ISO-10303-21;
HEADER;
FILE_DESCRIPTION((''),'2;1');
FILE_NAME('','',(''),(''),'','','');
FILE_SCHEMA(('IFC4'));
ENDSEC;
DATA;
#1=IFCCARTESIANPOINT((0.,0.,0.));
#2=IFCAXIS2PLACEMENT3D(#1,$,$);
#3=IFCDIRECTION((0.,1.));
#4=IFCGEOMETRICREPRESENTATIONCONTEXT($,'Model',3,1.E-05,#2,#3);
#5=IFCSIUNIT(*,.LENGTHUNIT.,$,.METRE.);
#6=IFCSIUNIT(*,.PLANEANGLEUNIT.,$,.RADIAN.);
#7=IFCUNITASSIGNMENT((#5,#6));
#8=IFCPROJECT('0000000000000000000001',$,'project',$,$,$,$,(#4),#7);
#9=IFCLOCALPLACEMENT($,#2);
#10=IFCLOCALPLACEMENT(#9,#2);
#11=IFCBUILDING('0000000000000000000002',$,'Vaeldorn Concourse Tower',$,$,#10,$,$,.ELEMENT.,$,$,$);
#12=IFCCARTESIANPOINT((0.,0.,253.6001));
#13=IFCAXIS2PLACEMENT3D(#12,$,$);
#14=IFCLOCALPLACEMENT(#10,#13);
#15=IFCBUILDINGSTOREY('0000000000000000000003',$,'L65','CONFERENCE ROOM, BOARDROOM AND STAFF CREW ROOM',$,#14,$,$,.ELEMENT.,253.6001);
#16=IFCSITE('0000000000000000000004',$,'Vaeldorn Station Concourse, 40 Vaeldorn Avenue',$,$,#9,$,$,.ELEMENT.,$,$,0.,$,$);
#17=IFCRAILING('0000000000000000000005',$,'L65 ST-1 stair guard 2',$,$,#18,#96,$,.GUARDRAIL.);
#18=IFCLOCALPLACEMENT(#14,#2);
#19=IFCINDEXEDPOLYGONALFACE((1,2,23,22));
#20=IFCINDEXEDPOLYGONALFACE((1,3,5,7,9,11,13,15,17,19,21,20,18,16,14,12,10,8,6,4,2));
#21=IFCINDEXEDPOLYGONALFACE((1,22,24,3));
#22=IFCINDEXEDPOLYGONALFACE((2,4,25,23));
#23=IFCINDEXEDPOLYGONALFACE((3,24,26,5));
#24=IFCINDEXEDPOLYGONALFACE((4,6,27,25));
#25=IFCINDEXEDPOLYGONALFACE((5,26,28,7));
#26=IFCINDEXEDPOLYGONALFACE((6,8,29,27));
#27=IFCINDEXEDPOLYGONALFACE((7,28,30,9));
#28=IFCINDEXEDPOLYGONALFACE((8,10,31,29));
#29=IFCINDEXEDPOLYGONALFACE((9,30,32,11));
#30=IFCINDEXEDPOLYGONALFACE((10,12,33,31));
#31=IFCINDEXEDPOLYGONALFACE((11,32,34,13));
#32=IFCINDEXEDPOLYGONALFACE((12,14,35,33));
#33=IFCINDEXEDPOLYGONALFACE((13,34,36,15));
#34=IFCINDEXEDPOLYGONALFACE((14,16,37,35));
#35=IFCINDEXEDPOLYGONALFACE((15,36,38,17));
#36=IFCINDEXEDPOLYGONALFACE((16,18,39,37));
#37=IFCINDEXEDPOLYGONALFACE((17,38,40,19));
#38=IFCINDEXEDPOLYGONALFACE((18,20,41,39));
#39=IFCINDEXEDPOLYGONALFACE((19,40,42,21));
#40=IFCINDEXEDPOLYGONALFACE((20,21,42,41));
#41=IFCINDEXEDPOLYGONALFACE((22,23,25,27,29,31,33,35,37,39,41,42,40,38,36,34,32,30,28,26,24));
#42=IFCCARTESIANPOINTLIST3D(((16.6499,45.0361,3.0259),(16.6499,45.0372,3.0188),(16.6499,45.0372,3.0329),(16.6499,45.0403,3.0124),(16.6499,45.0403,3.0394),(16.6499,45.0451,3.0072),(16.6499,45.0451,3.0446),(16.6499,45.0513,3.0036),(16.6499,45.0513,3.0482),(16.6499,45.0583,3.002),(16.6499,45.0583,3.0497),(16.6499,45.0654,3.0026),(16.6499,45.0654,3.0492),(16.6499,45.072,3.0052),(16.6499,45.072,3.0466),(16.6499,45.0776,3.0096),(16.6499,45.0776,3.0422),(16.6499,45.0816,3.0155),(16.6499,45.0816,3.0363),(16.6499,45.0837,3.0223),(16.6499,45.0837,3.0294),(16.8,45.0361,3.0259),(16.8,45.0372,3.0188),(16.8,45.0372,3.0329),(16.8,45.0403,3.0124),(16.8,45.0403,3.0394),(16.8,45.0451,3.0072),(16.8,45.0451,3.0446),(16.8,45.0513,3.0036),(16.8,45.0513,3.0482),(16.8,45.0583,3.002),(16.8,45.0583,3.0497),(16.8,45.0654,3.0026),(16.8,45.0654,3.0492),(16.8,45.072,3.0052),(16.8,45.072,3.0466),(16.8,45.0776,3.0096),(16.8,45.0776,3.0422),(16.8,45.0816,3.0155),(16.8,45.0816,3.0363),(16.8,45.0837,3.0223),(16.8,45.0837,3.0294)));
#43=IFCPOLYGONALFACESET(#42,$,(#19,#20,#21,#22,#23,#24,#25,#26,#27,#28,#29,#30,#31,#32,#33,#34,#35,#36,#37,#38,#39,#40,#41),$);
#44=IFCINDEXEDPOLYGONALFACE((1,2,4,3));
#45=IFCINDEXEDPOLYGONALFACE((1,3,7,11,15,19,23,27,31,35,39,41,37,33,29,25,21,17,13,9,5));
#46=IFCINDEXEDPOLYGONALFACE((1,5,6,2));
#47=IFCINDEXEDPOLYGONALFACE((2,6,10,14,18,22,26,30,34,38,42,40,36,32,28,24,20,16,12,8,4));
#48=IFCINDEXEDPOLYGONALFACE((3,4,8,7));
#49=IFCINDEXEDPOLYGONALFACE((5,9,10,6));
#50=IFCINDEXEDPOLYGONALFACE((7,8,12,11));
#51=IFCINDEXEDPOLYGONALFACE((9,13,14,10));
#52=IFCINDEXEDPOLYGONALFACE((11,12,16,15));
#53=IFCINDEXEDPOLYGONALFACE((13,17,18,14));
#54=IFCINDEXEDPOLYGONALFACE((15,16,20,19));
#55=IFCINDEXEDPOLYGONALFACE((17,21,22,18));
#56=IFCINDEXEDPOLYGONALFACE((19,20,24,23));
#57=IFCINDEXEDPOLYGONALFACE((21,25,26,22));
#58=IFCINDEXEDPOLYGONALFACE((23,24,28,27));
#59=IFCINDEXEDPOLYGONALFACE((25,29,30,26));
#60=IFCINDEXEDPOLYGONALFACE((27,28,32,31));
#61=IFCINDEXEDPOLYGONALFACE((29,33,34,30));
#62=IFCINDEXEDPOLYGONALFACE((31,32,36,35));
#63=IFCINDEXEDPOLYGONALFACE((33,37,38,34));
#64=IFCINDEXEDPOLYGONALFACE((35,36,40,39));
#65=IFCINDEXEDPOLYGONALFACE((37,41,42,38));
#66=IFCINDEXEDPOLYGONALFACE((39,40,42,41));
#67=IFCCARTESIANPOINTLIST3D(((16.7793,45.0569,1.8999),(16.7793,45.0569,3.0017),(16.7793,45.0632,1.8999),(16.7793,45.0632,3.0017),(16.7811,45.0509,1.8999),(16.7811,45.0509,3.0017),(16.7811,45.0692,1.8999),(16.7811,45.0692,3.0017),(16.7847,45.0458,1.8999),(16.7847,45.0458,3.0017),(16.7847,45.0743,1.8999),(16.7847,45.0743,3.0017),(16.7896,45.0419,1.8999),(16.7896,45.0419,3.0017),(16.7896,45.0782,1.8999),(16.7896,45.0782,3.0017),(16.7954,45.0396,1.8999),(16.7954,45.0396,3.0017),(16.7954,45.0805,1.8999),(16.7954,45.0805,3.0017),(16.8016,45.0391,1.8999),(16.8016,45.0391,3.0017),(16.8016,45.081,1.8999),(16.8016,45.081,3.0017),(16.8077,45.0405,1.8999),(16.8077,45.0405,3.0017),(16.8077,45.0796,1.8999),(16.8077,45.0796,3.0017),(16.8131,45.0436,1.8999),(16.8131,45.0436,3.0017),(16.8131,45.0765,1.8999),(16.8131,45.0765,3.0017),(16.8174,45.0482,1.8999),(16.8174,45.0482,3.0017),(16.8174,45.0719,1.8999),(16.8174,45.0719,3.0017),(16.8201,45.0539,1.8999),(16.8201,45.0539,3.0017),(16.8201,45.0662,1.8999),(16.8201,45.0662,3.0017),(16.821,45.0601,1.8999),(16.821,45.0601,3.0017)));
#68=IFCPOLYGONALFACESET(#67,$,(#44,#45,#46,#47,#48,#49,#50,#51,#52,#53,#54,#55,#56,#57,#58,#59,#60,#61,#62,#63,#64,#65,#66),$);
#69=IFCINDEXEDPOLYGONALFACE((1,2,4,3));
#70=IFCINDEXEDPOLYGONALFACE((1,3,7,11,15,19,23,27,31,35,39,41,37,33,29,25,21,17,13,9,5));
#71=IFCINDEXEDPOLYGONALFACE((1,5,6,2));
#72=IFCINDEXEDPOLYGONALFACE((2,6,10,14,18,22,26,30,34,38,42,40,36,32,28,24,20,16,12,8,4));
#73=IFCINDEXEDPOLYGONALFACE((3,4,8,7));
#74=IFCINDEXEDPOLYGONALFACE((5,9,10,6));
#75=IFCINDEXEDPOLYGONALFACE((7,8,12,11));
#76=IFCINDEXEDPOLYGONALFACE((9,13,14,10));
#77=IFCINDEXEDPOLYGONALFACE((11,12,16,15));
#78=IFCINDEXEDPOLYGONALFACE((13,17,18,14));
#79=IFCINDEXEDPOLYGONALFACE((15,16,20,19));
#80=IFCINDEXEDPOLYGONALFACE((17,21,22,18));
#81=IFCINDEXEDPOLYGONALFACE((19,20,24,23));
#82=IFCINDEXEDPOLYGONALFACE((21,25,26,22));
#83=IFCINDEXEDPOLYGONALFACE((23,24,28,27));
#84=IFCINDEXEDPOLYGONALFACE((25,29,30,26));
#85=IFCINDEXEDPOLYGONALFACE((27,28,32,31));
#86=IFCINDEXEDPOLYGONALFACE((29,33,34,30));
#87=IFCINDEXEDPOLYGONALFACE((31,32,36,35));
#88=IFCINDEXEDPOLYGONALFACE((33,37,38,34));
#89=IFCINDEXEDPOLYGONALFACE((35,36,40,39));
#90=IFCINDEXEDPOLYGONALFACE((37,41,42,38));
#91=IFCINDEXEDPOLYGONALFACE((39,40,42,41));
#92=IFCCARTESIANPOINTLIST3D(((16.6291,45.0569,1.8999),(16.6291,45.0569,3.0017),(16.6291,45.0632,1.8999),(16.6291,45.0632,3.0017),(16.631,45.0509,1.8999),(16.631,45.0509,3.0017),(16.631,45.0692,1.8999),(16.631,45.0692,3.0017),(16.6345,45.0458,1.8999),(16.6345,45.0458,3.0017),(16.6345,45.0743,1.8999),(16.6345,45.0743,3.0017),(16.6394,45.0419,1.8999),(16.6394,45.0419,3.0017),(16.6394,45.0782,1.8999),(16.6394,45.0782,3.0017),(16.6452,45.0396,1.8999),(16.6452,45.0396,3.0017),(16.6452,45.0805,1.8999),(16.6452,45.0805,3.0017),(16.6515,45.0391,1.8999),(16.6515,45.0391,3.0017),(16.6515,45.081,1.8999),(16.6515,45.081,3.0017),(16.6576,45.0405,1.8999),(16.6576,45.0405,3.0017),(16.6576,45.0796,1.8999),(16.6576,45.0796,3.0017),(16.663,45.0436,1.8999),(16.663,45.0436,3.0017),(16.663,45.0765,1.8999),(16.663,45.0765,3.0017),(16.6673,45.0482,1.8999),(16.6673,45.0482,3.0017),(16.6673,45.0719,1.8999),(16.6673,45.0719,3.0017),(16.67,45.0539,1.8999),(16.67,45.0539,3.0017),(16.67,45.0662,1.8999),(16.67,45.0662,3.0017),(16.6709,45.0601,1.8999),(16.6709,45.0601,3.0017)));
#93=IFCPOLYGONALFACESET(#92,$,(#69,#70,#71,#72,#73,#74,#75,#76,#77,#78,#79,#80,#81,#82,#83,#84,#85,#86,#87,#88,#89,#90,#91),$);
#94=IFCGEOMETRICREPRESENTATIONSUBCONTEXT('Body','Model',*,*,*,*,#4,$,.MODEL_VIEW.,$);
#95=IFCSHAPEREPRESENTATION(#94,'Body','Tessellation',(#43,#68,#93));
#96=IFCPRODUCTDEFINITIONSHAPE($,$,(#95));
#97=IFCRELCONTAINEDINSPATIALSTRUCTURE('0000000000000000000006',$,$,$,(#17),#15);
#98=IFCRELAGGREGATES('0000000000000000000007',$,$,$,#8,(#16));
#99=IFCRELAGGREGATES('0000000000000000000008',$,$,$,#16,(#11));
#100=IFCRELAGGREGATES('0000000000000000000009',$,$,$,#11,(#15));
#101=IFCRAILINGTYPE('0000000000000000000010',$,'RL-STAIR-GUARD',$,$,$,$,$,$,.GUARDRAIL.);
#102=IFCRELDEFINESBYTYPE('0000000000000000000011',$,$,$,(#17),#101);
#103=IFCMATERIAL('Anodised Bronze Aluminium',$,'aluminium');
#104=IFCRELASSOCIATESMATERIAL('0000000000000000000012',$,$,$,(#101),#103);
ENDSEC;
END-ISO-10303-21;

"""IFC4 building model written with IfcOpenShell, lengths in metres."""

from ifc_helpers import new_model, si_unit, direction, frame, origin, origin_2d, place, context, subcontext, project, spatial, circle, extrude, material, type_object, element, save


model = new_model("IFC4")

# Units and contexts
model_context = context("Model", 3, precision=1e-05, world=origin(), true_north=direction((0.0, 1.0)))
body_context = subcontext(model_context, "Body", "Model", "MODEL_VIEW")
ifc_project = project(units=[si_unit("LENGTHUNIT", "METRE"), si_unit("PLANEANGLEUNIT", "RADIAN")], contexts=[model_context])

# Site, building, storey
site_placement = place(None, origin())
site = spatial("IfcSite", under=ifc_project, at=site_placement, Name="Vaeldorn Station Concourse, 40 Vaeldorn Avenue", CompositionType="ELEMENT", RefElevation=0.0)
building_placement = place(site_placement, origin())
building = spatial("IfcBuilding", under=site, at=building_placement, Name="Vaeldorn Concourse Tower", CompositionType="ELEMENT")
storey_placement = place(building_placement, frame((0.0, 0.0, 253.6001)))
storey = spatial("IfcBuildingStorey", under=building, at=storey_placement, Name="L65", Description="CONFERENCE ROOM, BOARDROOM AND STAFF CREW ROOM", CompositionType="ELEMENT", Elevation=253.6001)

# Shared definitions
ifc_material_1 = material(Name="Anodised Bronze Aluminium", Category="aluminium")

# Railing
railing_type_1 = type_object("IfcRailingType", Name="RL-STAIR-GUARD", PredefinedType="GUARDRAIL", material=ifc_material_1)
railing_1_placement = place(storey_placement, frame((16.8, 45.0601, 1.8999)))
element("IfcRailing", 1, at=railing_1_placement, inside=storey, type_object=railing_type_1, Name="L65 ST-1 stair guard 2", PredefinedType="GUARDRAIL", context=body_context, shape_type="SweptSolid", body=[
    extrude(circle(Radius=0.0239, at=origin_2d()), frame((0.0, 0.0, 1.126), z_axis=(-1.0, 0.0, 0.0), x_axis=(0.0, -1.0, 0.0)), (0.0, 0.0, 1.0), 0.1501),
    extrude(circle(Radius=0.021, at=origin_2d()), origin(), (0.0, 0.0, 1.0), 1.1018),
    extrude(circle(Radius=0.021, at=origin_2d()), frame((-0.1501, 0.0, 0.0)), (0.0, 0.0, 1.0), 1.1018),
])

save(model, "model.ifc")
